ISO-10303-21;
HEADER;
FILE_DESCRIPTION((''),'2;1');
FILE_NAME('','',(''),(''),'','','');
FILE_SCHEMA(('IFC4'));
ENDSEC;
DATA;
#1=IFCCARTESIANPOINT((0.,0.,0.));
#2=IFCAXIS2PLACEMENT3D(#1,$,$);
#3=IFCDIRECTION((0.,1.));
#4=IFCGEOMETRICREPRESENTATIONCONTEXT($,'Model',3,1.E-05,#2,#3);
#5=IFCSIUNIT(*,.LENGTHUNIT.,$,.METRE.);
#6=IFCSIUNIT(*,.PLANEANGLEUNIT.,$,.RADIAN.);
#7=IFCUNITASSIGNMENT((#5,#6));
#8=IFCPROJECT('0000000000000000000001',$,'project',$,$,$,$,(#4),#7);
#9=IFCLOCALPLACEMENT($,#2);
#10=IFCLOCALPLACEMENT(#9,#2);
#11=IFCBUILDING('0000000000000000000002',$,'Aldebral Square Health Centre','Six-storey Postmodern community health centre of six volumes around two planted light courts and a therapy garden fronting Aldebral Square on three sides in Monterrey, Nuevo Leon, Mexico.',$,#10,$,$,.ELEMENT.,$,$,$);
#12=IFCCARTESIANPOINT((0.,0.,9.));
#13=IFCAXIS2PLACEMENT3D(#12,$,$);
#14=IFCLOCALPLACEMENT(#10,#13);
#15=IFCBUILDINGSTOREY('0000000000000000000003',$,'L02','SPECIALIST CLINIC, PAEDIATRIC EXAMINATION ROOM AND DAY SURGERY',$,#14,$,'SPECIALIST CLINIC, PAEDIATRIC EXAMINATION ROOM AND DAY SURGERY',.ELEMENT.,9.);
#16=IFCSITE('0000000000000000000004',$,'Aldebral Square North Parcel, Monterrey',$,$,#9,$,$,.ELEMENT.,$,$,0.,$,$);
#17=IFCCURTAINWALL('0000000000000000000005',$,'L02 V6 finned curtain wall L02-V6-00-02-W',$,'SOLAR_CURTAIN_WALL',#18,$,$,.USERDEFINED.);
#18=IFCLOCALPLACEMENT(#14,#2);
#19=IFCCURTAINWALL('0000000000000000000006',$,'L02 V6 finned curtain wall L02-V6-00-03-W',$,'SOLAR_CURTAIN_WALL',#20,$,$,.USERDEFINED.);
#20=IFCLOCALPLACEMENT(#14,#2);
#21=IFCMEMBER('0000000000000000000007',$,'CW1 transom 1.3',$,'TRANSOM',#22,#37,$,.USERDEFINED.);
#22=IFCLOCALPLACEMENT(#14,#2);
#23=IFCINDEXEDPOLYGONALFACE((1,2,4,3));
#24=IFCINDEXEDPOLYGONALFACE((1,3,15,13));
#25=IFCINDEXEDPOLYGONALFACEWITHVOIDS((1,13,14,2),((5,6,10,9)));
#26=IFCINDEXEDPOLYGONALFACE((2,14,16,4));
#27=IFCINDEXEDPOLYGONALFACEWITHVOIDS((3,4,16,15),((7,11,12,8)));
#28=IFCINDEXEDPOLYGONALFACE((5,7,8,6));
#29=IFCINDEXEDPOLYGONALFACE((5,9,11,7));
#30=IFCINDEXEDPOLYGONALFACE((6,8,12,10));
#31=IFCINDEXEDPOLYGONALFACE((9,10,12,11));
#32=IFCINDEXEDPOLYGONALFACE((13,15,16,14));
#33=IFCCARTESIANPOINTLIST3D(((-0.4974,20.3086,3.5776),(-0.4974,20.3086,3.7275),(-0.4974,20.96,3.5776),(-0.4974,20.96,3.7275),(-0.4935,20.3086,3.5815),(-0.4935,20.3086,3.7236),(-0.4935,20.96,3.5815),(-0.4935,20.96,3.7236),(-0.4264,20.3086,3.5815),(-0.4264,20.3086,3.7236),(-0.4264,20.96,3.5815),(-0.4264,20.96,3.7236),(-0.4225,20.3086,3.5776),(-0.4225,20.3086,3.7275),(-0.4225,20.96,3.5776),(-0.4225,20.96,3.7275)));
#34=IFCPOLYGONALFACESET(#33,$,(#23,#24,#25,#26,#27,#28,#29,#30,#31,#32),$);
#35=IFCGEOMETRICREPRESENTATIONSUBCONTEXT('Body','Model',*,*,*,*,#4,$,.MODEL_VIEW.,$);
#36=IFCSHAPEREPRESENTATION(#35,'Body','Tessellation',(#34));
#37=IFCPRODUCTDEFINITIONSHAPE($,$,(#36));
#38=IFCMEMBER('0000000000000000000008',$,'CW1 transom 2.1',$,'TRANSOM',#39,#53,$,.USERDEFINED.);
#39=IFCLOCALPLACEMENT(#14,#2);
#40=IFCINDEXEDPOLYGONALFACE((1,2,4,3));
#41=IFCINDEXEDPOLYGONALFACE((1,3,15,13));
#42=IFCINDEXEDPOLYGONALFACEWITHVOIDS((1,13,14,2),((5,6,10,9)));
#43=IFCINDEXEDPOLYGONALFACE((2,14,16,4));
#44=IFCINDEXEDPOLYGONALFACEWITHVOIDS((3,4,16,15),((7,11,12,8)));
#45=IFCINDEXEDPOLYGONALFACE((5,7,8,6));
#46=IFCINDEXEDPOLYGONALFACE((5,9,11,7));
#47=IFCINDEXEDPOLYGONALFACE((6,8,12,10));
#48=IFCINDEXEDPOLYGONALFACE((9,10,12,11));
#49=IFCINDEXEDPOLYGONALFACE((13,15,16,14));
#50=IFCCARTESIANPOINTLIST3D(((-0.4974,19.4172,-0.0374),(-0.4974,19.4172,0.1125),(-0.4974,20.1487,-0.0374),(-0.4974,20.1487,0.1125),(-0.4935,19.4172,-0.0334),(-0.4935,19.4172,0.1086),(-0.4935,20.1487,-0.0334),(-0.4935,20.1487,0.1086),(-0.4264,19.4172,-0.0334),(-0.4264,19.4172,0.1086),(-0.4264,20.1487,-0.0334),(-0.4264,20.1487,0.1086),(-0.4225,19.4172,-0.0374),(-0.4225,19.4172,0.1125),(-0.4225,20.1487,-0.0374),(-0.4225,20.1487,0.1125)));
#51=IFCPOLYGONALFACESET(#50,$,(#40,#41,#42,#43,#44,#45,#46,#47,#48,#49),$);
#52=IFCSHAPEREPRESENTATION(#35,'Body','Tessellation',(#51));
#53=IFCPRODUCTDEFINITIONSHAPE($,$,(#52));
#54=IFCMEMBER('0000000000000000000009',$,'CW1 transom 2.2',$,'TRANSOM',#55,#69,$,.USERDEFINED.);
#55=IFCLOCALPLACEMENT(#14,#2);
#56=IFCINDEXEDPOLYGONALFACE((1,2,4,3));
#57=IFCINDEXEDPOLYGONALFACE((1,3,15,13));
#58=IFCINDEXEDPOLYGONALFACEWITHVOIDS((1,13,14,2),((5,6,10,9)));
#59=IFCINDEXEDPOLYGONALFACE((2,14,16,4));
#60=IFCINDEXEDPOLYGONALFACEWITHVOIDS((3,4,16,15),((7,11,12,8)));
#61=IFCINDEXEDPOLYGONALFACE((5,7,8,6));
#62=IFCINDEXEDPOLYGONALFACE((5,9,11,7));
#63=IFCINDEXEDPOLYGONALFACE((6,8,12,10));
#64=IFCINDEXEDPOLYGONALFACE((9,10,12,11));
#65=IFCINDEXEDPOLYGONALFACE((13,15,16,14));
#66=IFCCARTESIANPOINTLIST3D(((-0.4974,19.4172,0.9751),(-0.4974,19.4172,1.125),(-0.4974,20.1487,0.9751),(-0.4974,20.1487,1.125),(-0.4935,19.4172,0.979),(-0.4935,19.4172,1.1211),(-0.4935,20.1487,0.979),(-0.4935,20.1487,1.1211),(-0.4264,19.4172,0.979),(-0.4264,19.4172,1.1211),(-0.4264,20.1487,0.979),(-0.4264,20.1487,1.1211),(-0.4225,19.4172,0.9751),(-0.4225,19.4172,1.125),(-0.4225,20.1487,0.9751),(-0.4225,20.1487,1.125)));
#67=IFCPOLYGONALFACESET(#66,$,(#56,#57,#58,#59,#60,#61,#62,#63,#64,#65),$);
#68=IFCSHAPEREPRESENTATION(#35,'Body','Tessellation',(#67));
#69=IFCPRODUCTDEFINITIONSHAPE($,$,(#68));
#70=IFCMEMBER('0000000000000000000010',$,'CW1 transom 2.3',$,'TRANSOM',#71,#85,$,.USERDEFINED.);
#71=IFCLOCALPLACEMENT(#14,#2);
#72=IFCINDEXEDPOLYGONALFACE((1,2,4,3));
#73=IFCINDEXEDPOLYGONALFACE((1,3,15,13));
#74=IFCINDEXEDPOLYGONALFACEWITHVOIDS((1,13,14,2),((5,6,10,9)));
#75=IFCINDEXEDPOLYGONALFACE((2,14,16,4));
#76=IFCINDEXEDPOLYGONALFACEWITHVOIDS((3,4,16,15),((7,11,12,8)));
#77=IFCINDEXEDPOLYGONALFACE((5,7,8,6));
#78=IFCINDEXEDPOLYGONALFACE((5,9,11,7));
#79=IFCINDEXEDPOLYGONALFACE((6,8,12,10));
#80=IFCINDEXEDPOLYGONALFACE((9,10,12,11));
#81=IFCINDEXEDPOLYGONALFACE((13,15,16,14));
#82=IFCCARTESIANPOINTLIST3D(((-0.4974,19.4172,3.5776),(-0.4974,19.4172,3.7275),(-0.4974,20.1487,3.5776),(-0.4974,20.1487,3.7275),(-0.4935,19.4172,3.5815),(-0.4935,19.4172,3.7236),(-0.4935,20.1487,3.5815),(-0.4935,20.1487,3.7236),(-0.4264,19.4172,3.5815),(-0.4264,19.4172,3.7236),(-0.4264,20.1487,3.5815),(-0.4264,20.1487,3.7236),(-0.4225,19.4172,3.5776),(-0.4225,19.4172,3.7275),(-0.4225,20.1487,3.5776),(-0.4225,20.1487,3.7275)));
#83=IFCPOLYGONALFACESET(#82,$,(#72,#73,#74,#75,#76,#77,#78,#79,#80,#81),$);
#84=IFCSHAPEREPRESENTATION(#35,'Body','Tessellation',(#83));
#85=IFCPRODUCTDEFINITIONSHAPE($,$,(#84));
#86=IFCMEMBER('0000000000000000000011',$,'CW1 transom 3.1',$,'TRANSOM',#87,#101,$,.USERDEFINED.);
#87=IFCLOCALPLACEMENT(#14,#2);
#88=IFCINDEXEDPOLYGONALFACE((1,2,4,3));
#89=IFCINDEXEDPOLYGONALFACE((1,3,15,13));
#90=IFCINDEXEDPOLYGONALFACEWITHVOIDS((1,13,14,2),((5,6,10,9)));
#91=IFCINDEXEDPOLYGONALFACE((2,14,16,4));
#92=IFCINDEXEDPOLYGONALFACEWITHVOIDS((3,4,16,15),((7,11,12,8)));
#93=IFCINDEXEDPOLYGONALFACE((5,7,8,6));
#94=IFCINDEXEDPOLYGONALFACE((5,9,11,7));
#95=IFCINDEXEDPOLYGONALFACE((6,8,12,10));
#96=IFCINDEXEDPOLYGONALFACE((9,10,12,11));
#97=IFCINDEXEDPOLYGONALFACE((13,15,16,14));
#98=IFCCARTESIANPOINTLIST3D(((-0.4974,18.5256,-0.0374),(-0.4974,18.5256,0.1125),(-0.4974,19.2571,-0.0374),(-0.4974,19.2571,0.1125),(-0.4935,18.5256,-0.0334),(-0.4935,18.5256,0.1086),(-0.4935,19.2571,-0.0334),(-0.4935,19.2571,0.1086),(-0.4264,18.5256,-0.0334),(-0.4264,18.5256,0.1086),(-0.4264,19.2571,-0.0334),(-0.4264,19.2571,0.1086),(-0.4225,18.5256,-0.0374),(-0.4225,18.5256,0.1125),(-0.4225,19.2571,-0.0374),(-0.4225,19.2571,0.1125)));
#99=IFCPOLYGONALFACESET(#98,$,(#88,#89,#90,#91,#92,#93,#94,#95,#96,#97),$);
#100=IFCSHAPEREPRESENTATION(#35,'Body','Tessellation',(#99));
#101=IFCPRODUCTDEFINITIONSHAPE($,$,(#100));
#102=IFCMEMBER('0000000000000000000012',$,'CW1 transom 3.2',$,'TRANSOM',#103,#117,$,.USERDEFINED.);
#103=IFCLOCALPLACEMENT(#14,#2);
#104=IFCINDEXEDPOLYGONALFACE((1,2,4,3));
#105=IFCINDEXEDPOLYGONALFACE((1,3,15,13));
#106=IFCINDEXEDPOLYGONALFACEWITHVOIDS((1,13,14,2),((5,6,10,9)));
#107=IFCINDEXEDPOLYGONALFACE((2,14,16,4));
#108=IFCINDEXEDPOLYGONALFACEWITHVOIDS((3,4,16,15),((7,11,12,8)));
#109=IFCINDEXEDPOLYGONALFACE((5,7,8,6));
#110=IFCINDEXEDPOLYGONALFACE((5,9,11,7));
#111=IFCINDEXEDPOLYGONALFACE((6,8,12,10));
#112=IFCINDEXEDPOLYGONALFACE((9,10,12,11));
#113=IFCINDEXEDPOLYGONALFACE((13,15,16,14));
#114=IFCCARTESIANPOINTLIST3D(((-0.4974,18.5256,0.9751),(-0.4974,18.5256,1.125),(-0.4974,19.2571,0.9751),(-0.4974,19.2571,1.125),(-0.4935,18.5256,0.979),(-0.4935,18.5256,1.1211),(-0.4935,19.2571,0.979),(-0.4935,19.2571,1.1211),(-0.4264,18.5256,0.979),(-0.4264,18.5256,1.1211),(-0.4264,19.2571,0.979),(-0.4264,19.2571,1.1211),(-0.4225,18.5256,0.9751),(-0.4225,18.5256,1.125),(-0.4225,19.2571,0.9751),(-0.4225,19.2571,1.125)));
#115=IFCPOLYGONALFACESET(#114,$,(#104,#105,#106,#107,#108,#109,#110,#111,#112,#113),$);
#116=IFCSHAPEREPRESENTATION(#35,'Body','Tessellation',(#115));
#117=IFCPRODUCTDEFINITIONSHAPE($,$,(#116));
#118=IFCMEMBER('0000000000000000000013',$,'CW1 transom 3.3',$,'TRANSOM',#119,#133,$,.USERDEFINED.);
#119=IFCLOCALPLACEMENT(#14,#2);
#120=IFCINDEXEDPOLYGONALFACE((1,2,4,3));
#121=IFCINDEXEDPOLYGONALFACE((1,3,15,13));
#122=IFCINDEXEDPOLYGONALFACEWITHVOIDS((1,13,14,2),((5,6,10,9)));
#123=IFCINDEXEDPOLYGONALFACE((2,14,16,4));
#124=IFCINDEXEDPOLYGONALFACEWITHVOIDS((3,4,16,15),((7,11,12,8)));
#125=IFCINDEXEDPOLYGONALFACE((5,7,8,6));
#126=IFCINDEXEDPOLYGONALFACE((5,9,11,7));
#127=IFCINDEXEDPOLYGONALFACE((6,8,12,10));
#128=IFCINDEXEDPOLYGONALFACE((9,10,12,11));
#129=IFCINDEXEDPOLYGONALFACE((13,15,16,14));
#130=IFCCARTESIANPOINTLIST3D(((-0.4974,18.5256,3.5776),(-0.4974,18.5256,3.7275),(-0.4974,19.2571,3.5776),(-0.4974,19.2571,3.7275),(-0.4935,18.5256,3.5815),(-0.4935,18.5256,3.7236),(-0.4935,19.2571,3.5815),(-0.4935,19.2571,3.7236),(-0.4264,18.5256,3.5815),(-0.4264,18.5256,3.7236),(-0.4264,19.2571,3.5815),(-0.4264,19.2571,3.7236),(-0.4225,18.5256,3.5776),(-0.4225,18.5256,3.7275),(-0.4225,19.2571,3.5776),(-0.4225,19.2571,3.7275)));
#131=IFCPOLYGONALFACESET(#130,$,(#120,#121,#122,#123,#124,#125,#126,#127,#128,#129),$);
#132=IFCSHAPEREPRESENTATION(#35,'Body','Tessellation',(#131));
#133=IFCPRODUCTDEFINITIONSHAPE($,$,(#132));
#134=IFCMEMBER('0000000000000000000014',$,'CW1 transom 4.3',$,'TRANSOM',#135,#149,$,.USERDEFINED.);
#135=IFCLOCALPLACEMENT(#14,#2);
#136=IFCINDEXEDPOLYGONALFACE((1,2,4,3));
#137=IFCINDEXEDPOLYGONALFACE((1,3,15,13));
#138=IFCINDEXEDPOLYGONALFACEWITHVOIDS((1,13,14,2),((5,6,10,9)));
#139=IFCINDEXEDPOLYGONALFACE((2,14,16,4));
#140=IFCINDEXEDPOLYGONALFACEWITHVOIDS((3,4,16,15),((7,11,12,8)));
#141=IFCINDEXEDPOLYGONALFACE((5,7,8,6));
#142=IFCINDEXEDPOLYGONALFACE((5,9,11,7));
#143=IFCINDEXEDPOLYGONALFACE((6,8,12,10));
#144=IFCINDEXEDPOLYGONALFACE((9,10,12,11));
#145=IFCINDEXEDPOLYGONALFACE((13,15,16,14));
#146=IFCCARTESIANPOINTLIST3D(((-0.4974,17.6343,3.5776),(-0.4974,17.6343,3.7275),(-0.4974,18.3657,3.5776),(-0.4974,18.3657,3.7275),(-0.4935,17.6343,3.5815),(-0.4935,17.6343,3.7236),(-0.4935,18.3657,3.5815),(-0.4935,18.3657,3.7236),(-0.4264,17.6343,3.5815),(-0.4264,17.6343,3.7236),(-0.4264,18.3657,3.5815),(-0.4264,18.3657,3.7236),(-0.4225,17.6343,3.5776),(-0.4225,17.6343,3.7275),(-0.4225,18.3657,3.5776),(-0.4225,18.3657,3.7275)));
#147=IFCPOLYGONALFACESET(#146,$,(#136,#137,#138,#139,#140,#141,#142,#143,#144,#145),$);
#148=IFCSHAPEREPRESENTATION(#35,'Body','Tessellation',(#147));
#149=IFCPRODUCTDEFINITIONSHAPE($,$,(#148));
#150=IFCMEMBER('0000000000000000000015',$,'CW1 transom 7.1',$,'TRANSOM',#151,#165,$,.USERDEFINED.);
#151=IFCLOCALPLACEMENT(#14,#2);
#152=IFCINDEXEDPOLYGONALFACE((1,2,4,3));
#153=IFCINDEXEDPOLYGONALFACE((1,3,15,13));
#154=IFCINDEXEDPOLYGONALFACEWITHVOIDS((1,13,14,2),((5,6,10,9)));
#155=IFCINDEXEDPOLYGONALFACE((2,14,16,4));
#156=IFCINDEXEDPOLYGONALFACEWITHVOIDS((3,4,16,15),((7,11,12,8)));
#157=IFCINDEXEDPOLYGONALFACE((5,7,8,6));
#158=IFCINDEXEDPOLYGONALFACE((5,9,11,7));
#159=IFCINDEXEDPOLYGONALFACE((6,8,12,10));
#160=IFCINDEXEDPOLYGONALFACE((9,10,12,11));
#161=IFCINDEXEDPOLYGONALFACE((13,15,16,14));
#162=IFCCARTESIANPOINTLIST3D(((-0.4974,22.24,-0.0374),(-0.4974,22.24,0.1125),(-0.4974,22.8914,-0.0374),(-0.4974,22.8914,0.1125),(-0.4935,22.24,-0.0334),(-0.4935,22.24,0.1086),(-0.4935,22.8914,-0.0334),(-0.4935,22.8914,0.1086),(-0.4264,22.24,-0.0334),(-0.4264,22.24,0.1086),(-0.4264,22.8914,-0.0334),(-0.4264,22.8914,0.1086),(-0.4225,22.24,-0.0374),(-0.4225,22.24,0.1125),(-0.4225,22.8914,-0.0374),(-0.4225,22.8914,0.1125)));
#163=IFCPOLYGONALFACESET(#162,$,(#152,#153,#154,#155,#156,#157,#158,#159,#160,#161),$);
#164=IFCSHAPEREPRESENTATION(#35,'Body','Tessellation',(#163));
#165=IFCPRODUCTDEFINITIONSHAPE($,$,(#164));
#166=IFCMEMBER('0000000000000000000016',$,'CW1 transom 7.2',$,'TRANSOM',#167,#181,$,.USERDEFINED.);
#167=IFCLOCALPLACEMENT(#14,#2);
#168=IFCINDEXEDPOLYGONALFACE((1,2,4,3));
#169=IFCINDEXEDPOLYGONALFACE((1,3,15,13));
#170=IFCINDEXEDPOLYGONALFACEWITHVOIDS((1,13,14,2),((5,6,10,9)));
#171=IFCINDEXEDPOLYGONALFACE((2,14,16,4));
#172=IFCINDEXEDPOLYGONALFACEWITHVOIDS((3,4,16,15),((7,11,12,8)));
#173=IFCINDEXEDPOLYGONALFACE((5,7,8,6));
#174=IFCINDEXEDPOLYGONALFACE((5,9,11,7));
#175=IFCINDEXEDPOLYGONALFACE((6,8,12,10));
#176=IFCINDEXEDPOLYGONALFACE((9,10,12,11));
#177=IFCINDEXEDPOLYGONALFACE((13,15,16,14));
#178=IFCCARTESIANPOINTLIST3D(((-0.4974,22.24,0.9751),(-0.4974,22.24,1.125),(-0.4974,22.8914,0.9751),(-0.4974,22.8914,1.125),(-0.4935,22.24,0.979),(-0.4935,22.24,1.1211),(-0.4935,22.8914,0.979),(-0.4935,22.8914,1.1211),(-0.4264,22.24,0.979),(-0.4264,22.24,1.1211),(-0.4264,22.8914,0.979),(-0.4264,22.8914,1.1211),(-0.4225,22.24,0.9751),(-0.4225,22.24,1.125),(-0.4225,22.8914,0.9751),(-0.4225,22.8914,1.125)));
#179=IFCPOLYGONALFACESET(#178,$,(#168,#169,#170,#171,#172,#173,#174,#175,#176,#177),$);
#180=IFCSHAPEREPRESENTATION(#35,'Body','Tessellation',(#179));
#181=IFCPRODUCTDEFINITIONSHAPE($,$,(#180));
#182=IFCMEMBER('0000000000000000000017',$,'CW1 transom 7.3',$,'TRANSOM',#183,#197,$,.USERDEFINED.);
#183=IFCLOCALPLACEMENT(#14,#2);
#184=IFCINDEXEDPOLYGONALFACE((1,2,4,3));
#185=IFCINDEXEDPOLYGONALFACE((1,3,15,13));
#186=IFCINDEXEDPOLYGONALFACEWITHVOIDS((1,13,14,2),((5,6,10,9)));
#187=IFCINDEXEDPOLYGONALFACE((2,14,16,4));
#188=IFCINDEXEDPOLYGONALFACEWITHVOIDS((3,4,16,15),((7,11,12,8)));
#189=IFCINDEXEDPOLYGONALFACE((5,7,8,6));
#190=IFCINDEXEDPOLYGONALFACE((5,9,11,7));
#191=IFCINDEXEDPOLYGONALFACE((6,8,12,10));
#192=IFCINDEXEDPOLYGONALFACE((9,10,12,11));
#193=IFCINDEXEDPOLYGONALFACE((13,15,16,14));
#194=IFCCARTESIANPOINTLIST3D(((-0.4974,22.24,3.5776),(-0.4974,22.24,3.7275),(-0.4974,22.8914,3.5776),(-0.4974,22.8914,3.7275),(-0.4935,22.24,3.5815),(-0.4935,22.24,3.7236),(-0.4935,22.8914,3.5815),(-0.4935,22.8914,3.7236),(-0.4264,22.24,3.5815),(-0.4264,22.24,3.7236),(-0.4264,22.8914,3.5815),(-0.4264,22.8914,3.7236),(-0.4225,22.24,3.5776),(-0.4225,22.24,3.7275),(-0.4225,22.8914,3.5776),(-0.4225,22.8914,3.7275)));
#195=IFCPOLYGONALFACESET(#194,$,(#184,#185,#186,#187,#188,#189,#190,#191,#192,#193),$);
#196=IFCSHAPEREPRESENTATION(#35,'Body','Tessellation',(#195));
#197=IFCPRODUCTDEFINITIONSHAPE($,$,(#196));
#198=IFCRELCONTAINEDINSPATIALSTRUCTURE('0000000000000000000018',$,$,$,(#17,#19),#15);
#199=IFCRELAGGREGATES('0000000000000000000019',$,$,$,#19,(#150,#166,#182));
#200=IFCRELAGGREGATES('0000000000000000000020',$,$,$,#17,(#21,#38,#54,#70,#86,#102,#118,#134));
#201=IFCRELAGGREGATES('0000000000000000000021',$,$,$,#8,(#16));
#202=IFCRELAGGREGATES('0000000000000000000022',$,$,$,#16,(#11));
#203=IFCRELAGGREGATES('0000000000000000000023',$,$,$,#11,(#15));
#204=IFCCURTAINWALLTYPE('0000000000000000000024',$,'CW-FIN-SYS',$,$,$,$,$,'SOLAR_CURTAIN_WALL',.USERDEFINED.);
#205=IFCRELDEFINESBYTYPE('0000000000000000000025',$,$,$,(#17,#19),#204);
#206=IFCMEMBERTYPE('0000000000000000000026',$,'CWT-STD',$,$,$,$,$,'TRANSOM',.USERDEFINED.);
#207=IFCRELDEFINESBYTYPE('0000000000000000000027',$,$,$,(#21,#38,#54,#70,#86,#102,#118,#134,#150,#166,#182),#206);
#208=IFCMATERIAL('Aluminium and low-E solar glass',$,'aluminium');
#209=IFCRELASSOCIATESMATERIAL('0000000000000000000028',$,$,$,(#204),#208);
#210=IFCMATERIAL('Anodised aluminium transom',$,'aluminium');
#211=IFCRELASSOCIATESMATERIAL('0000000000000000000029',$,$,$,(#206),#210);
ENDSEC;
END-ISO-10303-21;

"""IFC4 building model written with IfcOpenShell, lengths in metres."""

from ifc_helpers import new_model, si_unit, direction, frame, origin, origin_2d, place, context, subcontext, project, spatial, hollow_rectangle, extrude, material, material_profile, profile_set, type_object, element, aggregate, save


model = new_model("IFC4")

# Units and contexts
model_context = context("Model", 3, precision=1e-05, world=origin(), true_north=direction((0.0, 1.0)))
body_context = subcontext(model_context, "Body", "Model", "MODEL_VIEW")
ifc_project = project(units=[si_unit("LENGTHUNIT", "METRE"), si_unit("PLANEANGLEUNIT", "RADIAN")], contexts=[model_context])

# Site, building, storey
site_placement = place(None, origin())
site = spatial("IfcSite", under=ifc_project, at=site_placement, Name="Aldebral Square North Parcel, Monterrey", CompositionType="ELEMENT", RefElevation=0.0)
building_placement = place(site_placement, origin())
building = spatial("IfcBuilding", under=site, at=building_placement, Name="Aldebral Square Health Centre", Description="Six-storey Postmodern community health centre of six volumes around two planted light courts and a therapy garden fronting Aldebral Square on three sides in Monterrey, Nuevo Leon, Mexico.", CompositionType="ELEMENT")
storey_placement = place(building_placement, frame((0.0, 0.0, 9.0)))
storey = spatial("IfcBuildingStorey", under=building, at=storey_placement, Name="L02", Description="SPECIALIST CLINIC, PAEDIATRIC EXAMINATION ROOM AND DAY SURGERY", LongName="SPECIALIST CLINIC, PAEDIATRIC EXAMINATION ROOM AND DAY SURGERY", CompositionType="ELEMENT", Elevation=9.0)

# Curtain walls
ifc_material_1 = material(Name="Aluminium and low-E solar glass", Category="aluminium")
curtain_wall_type = type_object("IfcCurtainWallType", Name="CW-FIN-SYS", ElementType="SOLAR_CURTAIN_WALL", PredefinedType="USERDEFINED", material=ifc_material_1)
curtain_wall_1_placement = place(storey_placement, origin())
curtain_wall_1 = element("IfcCurtainWall", 1, at=curtain_wall_1_placement, inside=storey, type_object=curtain_wall_type, Name="L02 V6 finned curtain wall L02-V6-00-02-W", ObjectType="SOLAR_CURTAIN_WALL", PredefinedType="USERDEFINED")
curtain_wall_2_placement = place(storey_placement, origin())
curtain_wall_2 = element("IfcCurtainWall", 2, at=curtain_wall_2_placement, inside=storey, type_object=curtain_wall_type, Name="L02 V6 finned curtain wall L02-V6-00-03-W", ObjectType="SOLAR_CURTAIN_WALL", PredefinedType="USERDEFINED")

# Members
ifc_material_2 = material(Name="Anodised aluminium transom", Category="aluminium")
ifc_material_profile_1 = material_profile(ifc_material_2, hollow_rectangle(XDim=0.075, YDim=0.1499, WallThickness=0.0039, at=origin_2d()), Name="CWT 75x150x4")
ifc_profile_set_1 = profile_set([ifc_material_profile_1], Name="Anodised aluminium transom")
member_type_1 = type_object("IfcMemberType", Name="CWT-STD", ElementType="TRANSOM", PredefinedType="USERDEFINED", material=ifc_profile_set_1)
member_1_placement = place(storey_placement, frame((-0.46, 20.96, 3.6526), z_axis=(0.0, -1.0, 0.0), x_axis=(1.0, 0.0, 0.0)))
member_1 = element("IfcMember", 3, at=member_1_placement, type_object=member_type_1, Name="CW1 transom 1.3", ObjectType="TRANSOM", PredefinedType="USERDEFINED", context=body_context, shape_type="SweptSolid", body=[
    extrude(hollow_rectangle(XDim=0.075, YDim=0.1499, WallThickness=0.0039, at=origin_2d()), origin(), (0.0, 0.0, 1.0), 0.6514),
])
member_2_placement = place(storey_placement, frame((-0.46, 20.1487, 0.0376), z_axis=(0.0, -1.0, 0.0), x_axis=(1.0, 0.0, 0.0)))
member_2 = element("IfcMember", 4, at=member_2_placement, type_object=member_type_1, Name="CW1 transom 2.1", ObjectType="TRANSOM", PredefinedType="USERDEFINED", context=body_context, shape_type="SweptSolid", body=[
    extrude(hollow_rectangle(XDim=0.075, YDim=0.1499, WallThickness=0.0039, at=origin_2d()), origin(), (0.0, 0.0, 1.0), 0.7314),
])
member_3_placement = place(storey_placement, frame((-0.46, 20.1487, 1.05), z_axis=(0.0, -1.0, 0.0), x_axis=(1.0, 0.0, 0.0)))
member_3 = element("IfcMember", 5, at=member_3_placement, type_object=member_type_1, Name="CW1 transom 2.2", ObjectType="TRANSOM", PredefinedType="USERDEFINED", context=body_context, shape_type="SweptSolid", body=[
    extrude(hollow_rectangle(XDim=0.075, YDim=0.1499, WallThickness=0.0039, at=origin_2d()), origin(), (0.0, 0.0, 1.0), 0.7314),
])
member_4_placement = place(storey_placement, frame((-0.46, 20.1487, 3.6526), z_axis=(0.0, -1.0, 0.0), x_axis=(1.0, 0.0, 0.0)))
member_4 = element("IfcMember", 6, at=member_4_placement, type_object=member_type_1, Name="CW1 transom 2.3", ObjectType="TRANSOM", PredefinedType="USERDEFINED", context=body_context, shape_type="SweptSolid", body=[
    extrude(hollow_rectangle(XDim=0.075, YDim=0.1499, WallThickness=0.0039, at=origin_2d()), origin(), (0.0, 0.0, 1.0), 0.7314),
])
member_5_placement = place(storey_placement, frame((-0.46, 19.2571, 0.0376), z_axis=(0.0, -1.0, 0.0), x_axis=(1.0, 0.0, 0.0)))
member_5 = element("IfcMember", 7, at=member_5_placement, type_object=member_type_1, Name="CW1 transom 3.1", ObjectType="TRANSOM", PredefinedType="USERDEFINED", context=body_context, shape_type="SweptSolid", body=[
    extrude(hollow_rectangle(XDim=0.075, YDim=0.1499, WallThickness=0.0039, at=origin_2d()), origin(), (0.0, 0.0, 1.0), 0.7314),
])
member_6_placement = place(storey_placement, frame((-0.46, 19.2571, 1.05), z_axis=(0.0, -1.0, 0.0), x_axis=(1.0, 0.0, 0.0)))
member_6 = element("IfcMember", 8, at=member_6_placement, type_object=member_type_1, Name="CW1 transom 3.2", ObjectType="TRANSOM", PredefinedType="USERDEFINED", context=body_context, shape_type="SweptSolid", body=[
    extrude(hollow_rectangle(XDim=0.075, YDim=0.1499, WallThickness=0.0039, at=origin_2d()), origin(), (0.0, 0.0, 1.0), 0.7314),
])
member_7_placement = place(storey_placement, frame((-0.46, 19.2571, 3.6526), z_axis=(0.0, -1.0, 0.0), x_axis=(1.0, 0.0, 0.0)))
member_7 = element("IfcMember", 9, at=member_7_placement, type_object=member_type_1, Name="CW1 transom 3.3", ObjectType="TRANSOM", PredefinedType="USERDEFINED", context=body_context, shape_type="SweptSolid", body=[
    extrude(hollow_rectangle(XDim=0.075, YDim=0.1499, WallThickness=0.0039, at=origin_2d()), origin(), (0.0, 0.0, 1.0), 0.7314),
])
member_8_placement = place(storey_placement, frame((-0.46, 18.3657, 3.6526), z_axis=(0.0, -1.0, 0.0), x_axis=(1.0, 0.0, 0.0)))
member_8 = element("IfcMember", 10, at=member_8_placement, type_object=member_type_1, Name="CW1 transom 4.3", ObjectType="TRANSOM", PredefinedType="USERDEFINED", context=body_context, shape_type="SweptSolid", body=[
    extrude(hollow_rectangle(XDim=0.075, YDim=0.1499, WallThickness=0.0039, at=origin_2d()), origin(), (0.0, 0.0, 1.0), 0.7314),
])
member_9_placement = place(storey_placement, frame((-0.46, 22.8914, 0.0376), z_axis=(0.0, -1.0, 0.0), x_axis=(1.0, 0.0, 0.0)))
member_9 = element("IfcMember", 11, at=member_9_placement, type_object=member_type_1, Name="CW1 transom 7.1", ObjectType="TRANSOM", PredefinedType="USERDEFINED", context=body_context, shape_type="SweptSolid", body=[
    extrude(hollow_rectangle(XDim=0.075, YDim=0.1499, WallThickness=0.0039, at=origin_2d()), origin(), (0.0, 0.0, 1.0), 0.6514),
])
member_10_placement = place(storey_placement, frame((-0.46, 22.8914, 1.05), z_axis=(0.0, -1.0, 0.0), x_axis=(1.0, 0.0, 0.0)))
member_10 = element("IfcMember", 12, at=member_10_placement, type_object=member_type_1, Name="CW1 transom 7.2", ObjectType="TRANSOM", PredefinedType="USERDEFINED", context=body_context, shape_type="SweptSolid", body=[
    extrude(hollow_rectangle(XDim=0.075, YDim=0.1499, WallThickness=0.0039, at=origin_2d()), origin(), (0.0, 0.0, 1.0), 0.6514),
])
member_11_placement = place(storey_placement, frame((-0.46, 22.8914, 3.6526), z_axis=(0.0, -1.0, 0.0), x_axis=(1.0, 0.0, 0.0)))
member_11 = element("IfcMember", 13, at=member_11_placement, type_object=member_type_1, Name="CW1 transom 7.3", ObjectType="TRANSOM", PredefinedType="USERDEFINED", context=body_context, shape_type="SweptSolid", body=[
    extrude(hollow_rectangle(XDim=0.075, YDim=0.1499, WallThickness=0.0039, at=origin_2d()), origin(), (0.0, 0.0, 1.0), 0.6514),
])

aggregate(curtain_wall_2, [member_9, member_10, member_11])
aggregate(curtain_wall_1, [member_1, member_2, member_3, member_4, member_5, member_6, member_7, member_8])

save(model, "model.ifc")
